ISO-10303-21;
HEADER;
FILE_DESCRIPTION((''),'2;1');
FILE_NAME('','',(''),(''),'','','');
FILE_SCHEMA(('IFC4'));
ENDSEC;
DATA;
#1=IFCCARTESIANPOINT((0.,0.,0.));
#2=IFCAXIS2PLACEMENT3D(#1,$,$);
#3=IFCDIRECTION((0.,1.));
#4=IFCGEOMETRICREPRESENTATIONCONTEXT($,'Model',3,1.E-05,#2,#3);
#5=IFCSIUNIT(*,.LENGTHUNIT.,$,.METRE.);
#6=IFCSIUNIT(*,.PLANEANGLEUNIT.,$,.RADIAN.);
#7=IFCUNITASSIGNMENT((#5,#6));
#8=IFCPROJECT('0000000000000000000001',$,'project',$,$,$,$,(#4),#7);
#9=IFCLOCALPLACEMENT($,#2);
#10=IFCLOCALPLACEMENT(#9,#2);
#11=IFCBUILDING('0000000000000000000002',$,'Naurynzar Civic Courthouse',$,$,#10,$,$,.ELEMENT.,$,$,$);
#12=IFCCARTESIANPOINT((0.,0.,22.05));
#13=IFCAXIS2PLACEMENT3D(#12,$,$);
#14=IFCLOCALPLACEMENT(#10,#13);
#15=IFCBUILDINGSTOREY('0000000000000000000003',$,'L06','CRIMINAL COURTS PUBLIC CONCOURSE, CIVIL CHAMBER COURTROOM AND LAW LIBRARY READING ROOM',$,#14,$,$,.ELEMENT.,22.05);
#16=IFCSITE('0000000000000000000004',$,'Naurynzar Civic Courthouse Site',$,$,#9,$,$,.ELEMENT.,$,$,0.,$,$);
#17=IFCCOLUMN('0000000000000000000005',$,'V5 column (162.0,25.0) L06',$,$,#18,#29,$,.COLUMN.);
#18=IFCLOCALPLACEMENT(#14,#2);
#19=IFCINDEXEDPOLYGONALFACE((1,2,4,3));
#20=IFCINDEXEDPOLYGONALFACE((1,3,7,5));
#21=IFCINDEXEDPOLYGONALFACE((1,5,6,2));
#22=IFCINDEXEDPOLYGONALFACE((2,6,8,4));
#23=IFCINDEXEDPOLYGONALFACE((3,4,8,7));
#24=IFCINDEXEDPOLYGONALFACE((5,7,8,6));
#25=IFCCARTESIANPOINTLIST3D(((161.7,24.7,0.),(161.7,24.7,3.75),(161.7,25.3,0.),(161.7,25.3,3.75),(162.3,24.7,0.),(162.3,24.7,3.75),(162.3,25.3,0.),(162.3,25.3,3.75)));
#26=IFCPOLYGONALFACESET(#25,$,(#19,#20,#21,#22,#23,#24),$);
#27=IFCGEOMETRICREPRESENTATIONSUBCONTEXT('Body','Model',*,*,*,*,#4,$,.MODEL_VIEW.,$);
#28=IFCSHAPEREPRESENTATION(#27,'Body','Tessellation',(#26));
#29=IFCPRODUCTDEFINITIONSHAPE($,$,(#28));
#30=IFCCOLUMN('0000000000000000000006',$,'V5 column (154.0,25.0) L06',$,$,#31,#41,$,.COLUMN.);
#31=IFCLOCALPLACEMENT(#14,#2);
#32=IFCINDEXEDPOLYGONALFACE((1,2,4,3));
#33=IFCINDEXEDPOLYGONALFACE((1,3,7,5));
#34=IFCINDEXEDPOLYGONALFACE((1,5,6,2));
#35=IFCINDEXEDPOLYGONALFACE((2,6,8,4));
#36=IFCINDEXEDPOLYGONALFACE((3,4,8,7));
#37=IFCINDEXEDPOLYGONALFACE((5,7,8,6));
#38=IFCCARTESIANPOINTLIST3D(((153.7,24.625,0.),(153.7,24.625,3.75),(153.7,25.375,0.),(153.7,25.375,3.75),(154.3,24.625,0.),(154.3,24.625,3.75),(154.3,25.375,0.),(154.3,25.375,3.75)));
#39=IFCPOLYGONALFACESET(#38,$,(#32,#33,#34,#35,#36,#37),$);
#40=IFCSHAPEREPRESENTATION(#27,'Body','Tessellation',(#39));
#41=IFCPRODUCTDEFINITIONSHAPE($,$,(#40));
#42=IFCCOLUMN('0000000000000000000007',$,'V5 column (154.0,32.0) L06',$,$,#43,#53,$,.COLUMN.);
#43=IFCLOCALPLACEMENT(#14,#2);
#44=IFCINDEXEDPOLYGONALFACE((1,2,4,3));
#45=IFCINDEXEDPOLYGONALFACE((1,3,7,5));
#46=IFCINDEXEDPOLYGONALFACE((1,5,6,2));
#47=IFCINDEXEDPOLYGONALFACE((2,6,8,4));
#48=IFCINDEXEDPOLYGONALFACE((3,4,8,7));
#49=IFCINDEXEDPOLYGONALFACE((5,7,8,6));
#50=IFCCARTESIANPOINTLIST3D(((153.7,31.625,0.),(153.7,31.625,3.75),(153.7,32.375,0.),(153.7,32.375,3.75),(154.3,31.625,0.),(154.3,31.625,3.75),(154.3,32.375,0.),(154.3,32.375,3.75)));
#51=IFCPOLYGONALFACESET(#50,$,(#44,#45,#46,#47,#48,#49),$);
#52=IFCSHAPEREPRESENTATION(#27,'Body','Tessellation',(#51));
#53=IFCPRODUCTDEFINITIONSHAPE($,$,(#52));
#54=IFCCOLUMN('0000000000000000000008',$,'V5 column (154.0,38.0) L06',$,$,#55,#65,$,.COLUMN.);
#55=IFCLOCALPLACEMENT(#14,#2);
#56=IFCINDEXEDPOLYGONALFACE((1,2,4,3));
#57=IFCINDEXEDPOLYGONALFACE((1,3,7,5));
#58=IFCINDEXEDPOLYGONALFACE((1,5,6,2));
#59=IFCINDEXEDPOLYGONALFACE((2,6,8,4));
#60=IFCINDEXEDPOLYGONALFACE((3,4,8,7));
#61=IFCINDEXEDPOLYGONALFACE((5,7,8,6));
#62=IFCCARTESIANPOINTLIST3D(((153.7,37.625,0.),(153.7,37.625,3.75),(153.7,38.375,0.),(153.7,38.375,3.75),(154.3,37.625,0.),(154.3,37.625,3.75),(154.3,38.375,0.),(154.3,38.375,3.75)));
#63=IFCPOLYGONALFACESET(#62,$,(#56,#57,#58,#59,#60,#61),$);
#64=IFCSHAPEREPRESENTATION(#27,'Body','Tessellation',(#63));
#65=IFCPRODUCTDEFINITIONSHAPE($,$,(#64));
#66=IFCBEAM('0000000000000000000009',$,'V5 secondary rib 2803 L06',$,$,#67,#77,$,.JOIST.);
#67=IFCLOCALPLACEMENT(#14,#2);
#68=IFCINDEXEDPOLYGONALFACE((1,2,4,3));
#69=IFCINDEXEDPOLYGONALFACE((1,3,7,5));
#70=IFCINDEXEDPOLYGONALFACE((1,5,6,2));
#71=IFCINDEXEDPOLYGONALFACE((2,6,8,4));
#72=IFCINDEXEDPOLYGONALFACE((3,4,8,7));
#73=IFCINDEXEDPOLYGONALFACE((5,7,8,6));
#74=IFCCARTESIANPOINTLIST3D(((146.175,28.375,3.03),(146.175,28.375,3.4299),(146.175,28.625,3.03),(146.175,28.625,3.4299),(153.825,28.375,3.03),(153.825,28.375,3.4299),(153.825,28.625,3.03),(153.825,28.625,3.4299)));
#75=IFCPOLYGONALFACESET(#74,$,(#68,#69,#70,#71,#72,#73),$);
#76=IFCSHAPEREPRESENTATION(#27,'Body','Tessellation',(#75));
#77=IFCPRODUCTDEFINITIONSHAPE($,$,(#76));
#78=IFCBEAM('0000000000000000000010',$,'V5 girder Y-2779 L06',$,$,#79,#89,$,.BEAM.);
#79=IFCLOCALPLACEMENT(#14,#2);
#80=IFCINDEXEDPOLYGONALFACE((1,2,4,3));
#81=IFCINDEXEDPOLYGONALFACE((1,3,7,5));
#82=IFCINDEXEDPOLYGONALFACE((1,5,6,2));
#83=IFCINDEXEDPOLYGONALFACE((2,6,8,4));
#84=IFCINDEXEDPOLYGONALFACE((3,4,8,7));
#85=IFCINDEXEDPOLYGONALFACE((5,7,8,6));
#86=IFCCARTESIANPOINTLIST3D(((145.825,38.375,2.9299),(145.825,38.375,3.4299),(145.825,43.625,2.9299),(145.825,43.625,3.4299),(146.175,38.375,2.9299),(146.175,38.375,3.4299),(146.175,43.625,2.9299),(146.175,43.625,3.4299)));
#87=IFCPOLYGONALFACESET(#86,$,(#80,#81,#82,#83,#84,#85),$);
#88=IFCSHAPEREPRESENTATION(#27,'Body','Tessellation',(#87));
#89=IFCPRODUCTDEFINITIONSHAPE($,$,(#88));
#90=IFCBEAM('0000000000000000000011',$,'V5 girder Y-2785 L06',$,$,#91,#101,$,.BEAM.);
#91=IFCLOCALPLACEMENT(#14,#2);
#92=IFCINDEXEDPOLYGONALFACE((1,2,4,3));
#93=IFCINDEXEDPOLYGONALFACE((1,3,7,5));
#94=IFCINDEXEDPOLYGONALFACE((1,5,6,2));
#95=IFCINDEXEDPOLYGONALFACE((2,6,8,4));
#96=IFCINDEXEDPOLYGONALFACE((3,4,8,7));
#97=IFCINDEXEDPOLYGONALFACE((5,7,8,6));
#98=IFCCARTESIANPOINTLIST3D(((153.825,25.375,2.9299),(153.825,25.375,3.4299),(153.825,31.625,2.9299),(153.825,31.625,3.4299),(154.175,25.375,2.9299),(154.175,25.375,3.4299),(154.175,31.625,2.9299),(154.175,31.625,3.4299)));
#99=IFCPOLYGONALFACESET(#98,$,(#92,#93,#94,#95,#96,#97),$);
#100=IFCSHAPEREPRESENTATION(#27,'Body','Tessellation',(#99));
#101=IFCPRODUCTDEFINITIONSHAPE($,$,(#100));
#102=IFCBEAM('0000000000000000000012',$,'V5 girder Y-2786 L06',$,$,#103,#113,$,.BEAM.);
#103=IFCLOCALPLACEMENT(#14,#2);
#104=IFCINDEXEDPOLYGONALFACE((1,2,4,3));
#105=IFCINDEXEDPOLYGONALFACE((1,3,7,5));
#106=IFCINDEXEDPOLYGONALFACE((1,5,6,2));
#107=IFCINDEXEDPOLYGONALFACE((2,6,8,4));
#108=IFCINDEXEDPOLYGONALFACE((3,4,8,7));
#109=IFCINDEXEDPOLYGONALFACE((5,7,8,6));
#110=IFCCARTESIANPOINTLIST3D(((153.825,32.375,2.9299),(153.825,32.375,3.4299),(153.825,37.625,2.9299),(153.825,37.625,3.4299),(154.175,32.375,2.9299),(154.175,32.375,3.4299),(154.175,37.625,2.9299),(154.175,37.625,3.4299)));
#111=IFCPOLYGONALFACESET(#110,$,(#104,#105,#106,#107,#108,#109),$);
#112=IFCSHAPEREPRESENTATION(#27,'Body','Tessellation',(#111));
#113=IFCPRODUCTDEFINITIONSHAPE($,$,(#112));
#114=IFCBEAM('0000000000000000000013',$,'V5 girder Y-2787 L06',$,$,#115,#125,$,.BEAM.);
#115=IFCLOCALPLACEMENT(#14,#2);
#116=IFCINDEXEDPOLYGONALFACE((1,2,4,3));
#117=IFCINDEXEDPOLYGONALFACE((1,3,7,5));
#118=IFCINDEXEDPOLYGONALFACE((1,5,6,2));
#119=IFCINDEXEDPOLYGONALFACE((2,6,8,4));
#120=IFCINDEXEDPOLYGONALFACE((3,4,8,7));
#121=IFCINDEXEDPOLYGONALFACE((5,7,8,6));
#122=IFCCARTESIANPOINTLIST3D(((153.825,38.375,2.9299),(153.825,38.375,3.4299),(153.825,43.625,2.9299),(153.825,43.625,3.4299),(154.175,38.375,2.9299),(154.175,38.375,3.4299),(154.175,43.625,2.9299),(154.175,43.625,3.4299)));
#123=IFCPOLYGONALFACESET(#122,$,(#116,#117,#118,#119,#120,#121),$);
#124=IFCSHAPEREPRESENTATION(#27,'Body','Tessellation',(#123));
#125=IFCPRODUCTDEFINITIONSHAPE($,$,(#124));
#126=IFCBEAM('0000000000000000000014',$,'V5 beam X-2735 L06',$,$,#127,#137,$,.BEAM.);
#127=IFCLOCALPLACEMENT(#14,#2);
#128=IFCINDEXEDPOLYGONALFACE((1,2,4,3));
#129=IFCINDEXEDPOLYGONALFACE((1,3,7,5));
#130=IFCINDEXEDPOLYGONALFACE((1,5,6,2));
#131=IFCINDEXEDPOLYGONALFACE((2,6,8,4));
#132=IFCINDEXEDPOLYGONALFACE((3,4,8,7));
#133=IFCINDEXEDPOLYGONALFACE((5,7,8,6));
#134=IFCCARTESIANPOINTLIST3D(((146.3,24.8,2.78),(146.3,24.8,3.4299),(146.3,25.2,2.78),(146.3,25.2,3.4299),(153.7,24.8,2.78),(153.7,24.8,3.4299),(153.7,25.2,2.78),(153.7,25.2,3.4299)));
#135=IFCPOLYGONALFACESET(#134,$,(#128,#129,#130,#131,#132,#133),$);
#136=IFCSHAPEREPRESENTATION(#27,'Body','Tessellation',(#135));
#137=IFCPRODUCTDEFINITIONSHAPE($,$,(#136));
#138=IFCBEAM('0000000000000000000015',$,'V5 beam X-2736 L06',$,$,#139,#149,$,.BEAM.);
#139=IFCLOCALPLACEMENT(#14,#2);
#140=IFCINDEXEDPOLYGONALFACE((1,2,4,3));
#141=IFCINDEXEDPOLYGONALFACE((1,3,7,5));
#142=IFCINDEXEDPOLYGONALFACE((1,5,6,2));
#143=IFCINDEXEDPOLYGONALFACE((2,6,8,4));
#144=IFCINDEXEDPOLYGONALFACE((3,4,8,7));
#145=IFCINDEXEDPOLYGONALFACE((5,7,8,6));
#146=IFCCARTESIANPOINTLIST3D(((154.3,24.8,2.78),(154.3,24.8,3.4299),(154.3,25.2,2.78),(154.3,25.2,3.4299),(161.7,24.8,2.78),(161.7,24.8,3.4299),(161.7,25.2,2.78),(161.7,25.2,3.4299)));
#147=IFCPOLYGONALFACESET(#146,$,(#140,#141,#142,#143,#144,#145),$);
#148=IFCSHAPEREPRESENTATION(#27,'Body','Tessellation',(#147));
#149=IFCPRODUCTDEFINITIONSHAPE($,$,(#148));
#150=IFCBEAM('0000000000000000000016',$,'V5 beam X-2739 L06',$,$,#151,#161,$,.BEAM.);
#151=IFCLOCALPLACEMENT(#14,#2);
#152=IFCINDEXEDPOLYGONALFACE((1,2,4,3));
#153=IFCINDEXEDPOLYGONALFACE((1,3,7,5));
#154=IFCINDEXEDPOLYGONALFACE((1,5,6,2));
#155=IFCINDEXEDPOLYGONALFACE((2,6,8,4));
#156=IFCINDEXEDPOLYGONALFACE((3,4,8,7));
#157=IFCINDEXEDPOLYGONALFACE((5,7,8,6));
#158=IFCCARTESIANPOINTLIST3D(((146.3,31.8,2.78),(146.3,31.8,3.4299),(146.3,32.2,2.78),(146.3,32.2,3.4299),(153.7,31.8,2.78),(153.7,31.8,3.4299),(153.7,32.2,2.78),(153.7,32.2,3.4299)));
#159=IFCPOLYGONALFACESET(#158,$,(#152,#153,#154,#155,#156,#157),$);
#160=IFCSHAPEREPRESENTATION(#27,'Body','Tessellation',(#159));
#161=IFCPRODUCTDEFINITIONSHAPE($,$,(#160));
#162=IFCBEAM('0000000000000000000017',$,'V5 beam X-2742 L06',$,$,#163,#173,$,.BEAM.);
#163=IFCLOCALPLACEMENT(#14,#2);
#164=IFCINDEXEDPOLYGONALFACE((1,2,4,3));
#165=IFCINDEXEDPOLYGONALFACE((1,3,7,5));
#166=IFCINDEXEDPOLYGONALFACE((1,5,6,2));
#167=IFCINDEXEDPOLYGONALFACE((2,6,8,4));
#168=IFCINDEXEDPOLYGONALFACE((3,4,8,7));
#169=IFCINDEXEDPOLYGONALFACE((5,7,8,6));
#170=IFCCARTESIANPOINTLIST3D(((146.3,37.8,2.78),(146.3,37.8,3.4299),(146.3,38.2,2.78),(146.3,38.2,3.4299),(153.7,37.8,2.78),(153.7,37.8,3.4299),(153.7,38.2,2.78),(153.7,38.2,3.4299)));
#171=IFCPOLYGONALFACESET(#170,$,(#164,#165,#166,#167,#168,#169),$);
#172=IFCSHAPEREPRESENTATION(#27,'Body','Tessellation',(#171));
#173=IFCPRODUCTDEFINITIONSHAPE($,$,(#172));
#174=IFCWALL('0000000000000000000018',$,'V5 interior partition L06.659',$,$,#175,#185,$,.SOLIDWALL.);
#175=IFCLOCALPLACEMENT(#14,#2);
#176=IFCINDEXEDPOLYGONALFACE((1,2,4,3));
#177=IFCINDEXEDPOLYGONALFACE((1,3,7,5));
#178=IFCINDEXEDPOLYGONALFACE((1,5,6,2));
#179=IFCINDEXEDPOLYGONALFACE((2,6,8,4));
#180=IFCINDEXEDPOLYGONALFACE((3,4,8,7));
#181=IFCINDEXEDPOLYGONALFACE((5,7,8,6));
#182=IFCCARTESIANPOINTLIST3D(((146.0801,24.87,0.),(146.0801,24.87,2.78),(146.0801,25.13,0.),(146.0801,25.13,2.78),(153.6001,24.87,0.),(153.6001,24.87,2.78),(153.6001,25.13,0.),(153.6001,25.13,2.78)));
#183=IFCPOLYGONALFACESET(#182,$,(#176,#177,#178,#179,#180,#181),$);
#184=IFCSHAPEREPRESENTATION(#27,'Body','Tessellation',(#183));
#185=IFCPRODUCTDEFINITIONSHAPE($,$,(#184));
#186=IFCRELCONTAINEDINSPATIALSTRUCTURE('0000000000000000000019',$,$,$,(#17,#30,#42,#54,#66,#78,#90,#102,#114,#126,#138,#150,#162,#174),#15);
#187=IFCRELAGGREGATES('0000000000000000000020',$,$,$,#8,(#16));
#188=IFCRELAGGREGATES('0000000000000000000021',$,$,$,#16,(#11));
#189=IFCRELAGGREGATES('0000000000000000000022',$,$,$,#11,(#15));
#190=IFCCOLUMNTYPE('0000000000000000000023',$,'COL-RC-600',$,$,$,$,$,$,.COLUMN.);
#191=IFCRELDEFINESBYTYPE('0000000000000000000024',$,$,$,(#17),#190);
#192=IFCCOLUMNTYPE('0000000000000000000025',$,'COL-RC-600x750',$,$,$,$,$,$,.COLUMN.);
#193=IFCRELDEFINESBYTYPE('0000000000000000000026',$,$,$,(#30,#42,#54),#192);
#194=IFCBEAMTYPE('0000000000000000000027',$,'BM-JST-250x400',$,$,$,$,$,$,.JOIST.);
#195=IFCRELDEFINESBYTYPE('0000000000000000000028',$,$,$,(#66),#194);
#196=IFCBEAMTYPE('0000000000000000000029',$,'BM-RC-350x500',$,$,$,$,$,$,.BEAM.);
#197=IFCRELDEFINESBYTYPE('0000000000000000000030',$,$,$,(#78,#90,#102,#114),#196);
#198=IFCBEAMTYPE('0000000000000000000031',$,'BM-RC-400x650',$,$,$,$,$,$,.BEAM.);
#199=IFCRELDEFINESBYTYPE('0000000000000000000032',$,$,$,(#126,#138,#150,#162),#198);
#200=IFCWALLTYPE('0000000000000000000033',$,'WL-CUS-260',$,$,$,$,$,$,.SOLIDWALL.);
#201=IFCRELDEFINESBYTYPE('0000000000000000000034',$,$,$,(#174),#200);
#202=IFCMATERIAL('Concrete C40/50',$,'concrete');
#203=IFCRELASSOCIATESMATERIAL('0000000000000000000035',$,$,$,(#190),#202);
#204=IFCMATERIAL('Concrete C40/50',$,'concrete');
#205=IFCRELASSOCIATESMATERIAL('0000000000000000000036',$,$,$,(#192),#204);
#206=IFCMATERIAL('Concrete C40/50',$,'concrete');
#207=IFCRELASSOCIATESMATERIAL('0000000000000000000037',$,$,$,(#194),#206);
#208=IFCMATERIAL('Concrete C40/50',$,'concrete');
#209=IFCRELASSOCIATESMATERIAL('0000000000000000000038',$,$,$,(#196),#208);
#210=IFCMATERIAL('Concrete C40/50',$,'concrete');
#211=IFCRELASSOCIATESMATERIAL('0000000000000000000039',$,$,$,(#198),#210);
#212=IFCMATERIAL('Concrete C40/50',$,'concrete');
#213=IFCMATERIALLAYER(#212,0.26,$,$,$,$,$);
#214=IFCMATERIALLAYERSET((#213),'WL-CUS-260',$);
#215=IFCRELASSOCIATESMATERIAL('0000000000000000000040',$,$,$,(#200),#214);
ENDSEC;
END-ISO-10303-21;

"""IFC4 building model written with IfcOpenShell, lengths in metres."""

from ifc_helpers import new_model, si_unit, direction, frame, frame_2d, origin, origin_2d, place, context, subcontext, project, spatial, rectangle, extrude, material, layer, layer_set, material_profile, profile_set, type_object, element, save


model = new_model("IFC4")

# Units and contexts
model_context = context("Model", 3, precision=1e-05, world=origin(), true_north=direction((0.0, 1.0)))
body_context = subcontext(model_context, "Body", "Model", "MODEL_VIEW")
ifc_project = project(units=[si_unit("LENGTHUNIT", "METRE"), si_unit("PLANEANGLEUNIT", "RADIAN")], contexts=[model_context])

# Site, building, storey
site_placement = place(None, origin())
site = spatial("IfcSite", under=ifc_project, at=site_placement, Name="Naurynzar Civic Courthouse Site", CompositionType="ELEMENT", RefElevation=0.0)
building_placement = place(site_placement, origin())
building = spatial("IfcBuilding", under=site, at=building_placement, Name="Naurynzar Civic Courthouse", CompositionType="ELEMENT")
storey_placement = place(building_placement, frame((0.0, 0.0, 22.05)))
storey = spatial("IfcBuildingStorey", under=building, at=storey_placement, Name="L06", Description="CRIMINAL COURTS PUBLIC CONCOURSE, CIVIL CHAMBER COURTROOM AND LAW LIBRARY READING ROOM", CompositionType="ELEMENT", Elevation=22.05)

# Columns
ifc_material_1 = material(Name="Concrete C40/50", Category="concrete")
ifc_material_profile_1 = material_profile(ifc_material_1, rectangle(XDim=0.6001, YDim=0.6001, at=origin_2d()), Name="RC 600x600")
ifc_profile_set_1 = profile_set([ifc_material_profile_1], Name="Concrete C40/50")
column_type_1 = type_object("IfcColumnType", Name="COL-RC-600", PredefinedType="COLUMN", material=ifc_profile_set_1)
column_placement = place(storey_placement, frame((162.0, 25.0, 0.0), z_axis=(0.0, 0.0, 1.0), x_axis=(1.0, 0.0, 0.0)))
element("IfcColumn", 1, at=column_placement, inside=storey, type_object=column_type_1, Name="V5 column (162.0,25.0) L06", PredefinedType="COLUMN", context=body_context, shape_type="SweptSolid", body=[
    extrude(rectangle(XDim=0.6001, YDim=0.6001, at=origin_2d()), origin(), (0.0, 0.0, 1.0), 3.75),
])
ifc_material_2 = material(Name="Concrete C40/50", Category="concrete")
ifc_material_profile_2 = material_profile(ifc_material_2, rectangle(XDim=0.6001, YDim=0.75, at=origin_2d()), Name="RC 600x750")
ifc_profile_set_2 = profile_set([ifc_material_profile_2], Name="Concrete C40/50")
column_type_2 = type_object("IfcColumnType", Name="COL-RC-600x750", PredefinedType="COLUMN", material=ifc_profile_set_2)
for number, where, z_axis, x_axis, name in (
    (2, (154.0, 25.0, 0.0), (0.0, 0.0, 1.0), (1.0, 0.0, 0.0), "V5 column (154.0,25.0) L06"),
    (3, (154.0, 32.0, 0.0), (0.0, 0.0, 1.0), (1.0, 0.0, 0.0), "V5 column (154.0,32.0) L06"),
    (4, (154.0, 38.0, 0.0), (0.0, 0.0, 1.0), (1.0, 0.0, 0.0), "V5 column (154.0,38.0) L06"),
):
    element("IfcColumn", number, at=place(storey_placement, frame(where, z_axis=z_axis, x_axis=x_axis)), inside=storey, type_object=column_type_2, Name=name, PredefinedType="COLUMN", context=body_context, shape_type="SweptSolid", body=[
        extrude(rectangle(XDim=0.6001, YDim=0.75, at=origin_2d()), origin(), (0.0, 0.0, 1.0), 3.75),
    ])

# Beams
ifc_material_3 = material(Name="Concrete C40/50", Category="concrete")
ifc_material_profile_3 = material_profile(ifc_material_3, rectangle(XDim=0.25, YDim=0.3999, at=origin_2d()), Name="RCB 250x400")
ifc_profile_set_3 = profile_set([ifc_material_profile_3], Name="Concrete C40/50")
beam_type_1 = type_object("IfcBeamType", Name="BM-JST-250x400", PredefinedType="JOIST", material=ifc_profile_set_3)
beam_1_placement = place(storey_placement, frame((146.175, 28.5, 3.23), z_axis=(1.0, 0.0, 0.0), x_axis=(0.0, 1.0, 0.0)))
element("IfcBeam", 5, at=beam_1_placement, inside=storey, type_object=beam_type_1, Name="V5 secondary rib 2803 L06", PredefinedType="JOIST", context=body_context, shape_type="SweptSolid", body=[
    extrude(rectangle(XDim=0.25, YDim=0.3999, at=origin_2d()), origin(), (0.0, 0.0, 1.0), 7.6499),
])
ifc_material_4 = material(Name="Concrete C40/50", Category="concrete")
ifc_material_profile_4 = material_profile(ifc_material_4, rectangle(XDim=0.3501, YDim=0.5, at=origin_2d()), Name="RCB 350x500")
ifc_profile_set_4 = profile_set([ifc_material_profile_4], Name="Concrete C40/50")
beam_type_2 = type_object("IfcBeamType", Name="BM-RC-350x500", PredefinedType="BEAM", material=ifc_profile_set_4)
beam_2_placement = place(storey_placement, frame((146.0, 38.375, 3.1799), z_axis=(0.0, 1.0, 0.0), x_axis=(-1.0, 0.0, 0.0)))
element("IfcBeam", 6, at=beam_2_placement, inside=storey, type_object=beam_type_2, Name="V5 girder Y-2779 L06", PredefinedType="BEAM", context=body_context, shape_type="SweptSolid", body=[
    extrude(rectangle(XDim=0.3501, YDim=0.5, at=origin_2d()), origin(), (0.0, 0.0, 1.0), 5.25),
])
beam_3_placement = place(storey_placement, frame((154.0, 25.375, 3.1799), z_axis=(0.0, 1.0, 0.0), x_axis=(-1.0, 0.0, 0.0)))
element("IfcBeam", 7, at=beam_3_placement, inside=storey, type_object=beam_type_2, Name="V5 girder Y-2785 L06", PredefinedType="BEAM", context=body_context, shape_type="SweptSolid", body=[
    extrude(rectangle(XDim=0.3501, YDim=0.5, at=origin_2d()), origin(), (0.0, 0.0, 1.0), 6.25),
])
for number, where, z_axis, x_axis, name in (
    (8, (154.0, 32.375, 3.1799), (0.0, 1.0, 0.0), (-1.0, 0.0, 0.0), "V5 girder Y-2786 L06"),
    (9, (154.0, 38.375, 3.1799), (0.0, 1.0, 0.0), (-1.0, 0.0, 0.0), "V5 girder Y-2787 L06"),
):
    element("IfcBeam", number, at=place(storey_placement, frame(where, z_axis=z_axis, x_axis=x_axis)), inside=storey, type_object=beam_type_2, Name=name, PredefinedType="BEAM", context=body_context, shape_type="SweptSolid", body=[
        extrude(rectangle(XDim=0.3501, YDim=0.5, at=origin_2d()), origin(), (0.0, 0.0, 1.0), 5.25),
    ])
ifc_material_5 = material(Name="Concrete C40/50", Category="concrete")
ifc_material_profile_5 = material_profile(ifc_material_5, rectangle(XDim=0.3999, YDim=0.6499, at=origin_2d()), Name="RCB 400x650")
ifc_profile_set_5 = profile_set([ifc_material_profile_5], Name="Concrete C40/50")
beam_type_3 = type_object("IfcBeamType", Name="BM-RC-400x650", PredefinedType="BEAM", material=ifc_profile_set_5)
for number, where, z_axis, x_axis, name in (
    (10, (146.3, 25.0, 3.105), (1.0, 0.0, 0.0), (0.0, 1.0, 0.0), "V5 beam X-2735 L06"),
    (11, (154.3, 25.0, 3.105), (1.0, 0.0, 0.0), (0.0, 1.0, 0.0), "V5 beam X-2736 L06"),
    (12, (146.3, 32.0, 3.105), (1.0, 0.0, 0.0), (0.0, 1.0, 0.0), "V5 beam X-2739 L06"),
    (13, (146.3, 38.0, 3.105), (1.0, 0.0, 0.0), (0.0, 1.0, 0.0), "V5 beam X-2742 L06"),
):
    element("IfcBeam", number, at=place(storey_placement, frame(where, z_axis=z_axis, x_axis=x_axis)), inside=storey, type_object=beam_type_3, Name=name, PredefinedType="BEAM", context=body_context, shape_type="SweptSolid", body=[
        extrude(rectangle(XDim=0.3999, YDim=0.6499, at=origin_2d()), origin(), (0.0, 0.0, 1.0), 7.3999),
    ])

# Wall
ifc_material_6 = material(Name="Concrete C40/50", Category="concrete")
ifc_layer_1 = layer(ifc_material_6, 0.26)
ifc_layer_set_1 = layer_set([ifc_layer_1], Name="WL-CUS-260")
wall_type_1 = type_object("IfcWallType", Name="WL-CUS-260", PredefinedType="SOLIDWALL", material=ifc_layer_set_1)
wall_1_placement = place(storey_placement, frame((146.0801, 25.0, 0.0), z_axis=(0.0, 0.0, 1.0), x_axis=(1.0, 0.0, 0.0)))
element("IfcWall", 14, at=wall_1_placement, inside=storey, type_object=wall_type_1, Name="V5 interior partition L06.659", PredefinedType="SOLIDWALL", context=body_context, shape_type="SweptSolid", body=[
    extrude(rectangle(XDim=7.52, YDim=0.26, at=frame_2d((3.76, 0.0))), origin(), (0.0, 0.0, 1.0), 2.78),
])

save(model, "model.ifc")
